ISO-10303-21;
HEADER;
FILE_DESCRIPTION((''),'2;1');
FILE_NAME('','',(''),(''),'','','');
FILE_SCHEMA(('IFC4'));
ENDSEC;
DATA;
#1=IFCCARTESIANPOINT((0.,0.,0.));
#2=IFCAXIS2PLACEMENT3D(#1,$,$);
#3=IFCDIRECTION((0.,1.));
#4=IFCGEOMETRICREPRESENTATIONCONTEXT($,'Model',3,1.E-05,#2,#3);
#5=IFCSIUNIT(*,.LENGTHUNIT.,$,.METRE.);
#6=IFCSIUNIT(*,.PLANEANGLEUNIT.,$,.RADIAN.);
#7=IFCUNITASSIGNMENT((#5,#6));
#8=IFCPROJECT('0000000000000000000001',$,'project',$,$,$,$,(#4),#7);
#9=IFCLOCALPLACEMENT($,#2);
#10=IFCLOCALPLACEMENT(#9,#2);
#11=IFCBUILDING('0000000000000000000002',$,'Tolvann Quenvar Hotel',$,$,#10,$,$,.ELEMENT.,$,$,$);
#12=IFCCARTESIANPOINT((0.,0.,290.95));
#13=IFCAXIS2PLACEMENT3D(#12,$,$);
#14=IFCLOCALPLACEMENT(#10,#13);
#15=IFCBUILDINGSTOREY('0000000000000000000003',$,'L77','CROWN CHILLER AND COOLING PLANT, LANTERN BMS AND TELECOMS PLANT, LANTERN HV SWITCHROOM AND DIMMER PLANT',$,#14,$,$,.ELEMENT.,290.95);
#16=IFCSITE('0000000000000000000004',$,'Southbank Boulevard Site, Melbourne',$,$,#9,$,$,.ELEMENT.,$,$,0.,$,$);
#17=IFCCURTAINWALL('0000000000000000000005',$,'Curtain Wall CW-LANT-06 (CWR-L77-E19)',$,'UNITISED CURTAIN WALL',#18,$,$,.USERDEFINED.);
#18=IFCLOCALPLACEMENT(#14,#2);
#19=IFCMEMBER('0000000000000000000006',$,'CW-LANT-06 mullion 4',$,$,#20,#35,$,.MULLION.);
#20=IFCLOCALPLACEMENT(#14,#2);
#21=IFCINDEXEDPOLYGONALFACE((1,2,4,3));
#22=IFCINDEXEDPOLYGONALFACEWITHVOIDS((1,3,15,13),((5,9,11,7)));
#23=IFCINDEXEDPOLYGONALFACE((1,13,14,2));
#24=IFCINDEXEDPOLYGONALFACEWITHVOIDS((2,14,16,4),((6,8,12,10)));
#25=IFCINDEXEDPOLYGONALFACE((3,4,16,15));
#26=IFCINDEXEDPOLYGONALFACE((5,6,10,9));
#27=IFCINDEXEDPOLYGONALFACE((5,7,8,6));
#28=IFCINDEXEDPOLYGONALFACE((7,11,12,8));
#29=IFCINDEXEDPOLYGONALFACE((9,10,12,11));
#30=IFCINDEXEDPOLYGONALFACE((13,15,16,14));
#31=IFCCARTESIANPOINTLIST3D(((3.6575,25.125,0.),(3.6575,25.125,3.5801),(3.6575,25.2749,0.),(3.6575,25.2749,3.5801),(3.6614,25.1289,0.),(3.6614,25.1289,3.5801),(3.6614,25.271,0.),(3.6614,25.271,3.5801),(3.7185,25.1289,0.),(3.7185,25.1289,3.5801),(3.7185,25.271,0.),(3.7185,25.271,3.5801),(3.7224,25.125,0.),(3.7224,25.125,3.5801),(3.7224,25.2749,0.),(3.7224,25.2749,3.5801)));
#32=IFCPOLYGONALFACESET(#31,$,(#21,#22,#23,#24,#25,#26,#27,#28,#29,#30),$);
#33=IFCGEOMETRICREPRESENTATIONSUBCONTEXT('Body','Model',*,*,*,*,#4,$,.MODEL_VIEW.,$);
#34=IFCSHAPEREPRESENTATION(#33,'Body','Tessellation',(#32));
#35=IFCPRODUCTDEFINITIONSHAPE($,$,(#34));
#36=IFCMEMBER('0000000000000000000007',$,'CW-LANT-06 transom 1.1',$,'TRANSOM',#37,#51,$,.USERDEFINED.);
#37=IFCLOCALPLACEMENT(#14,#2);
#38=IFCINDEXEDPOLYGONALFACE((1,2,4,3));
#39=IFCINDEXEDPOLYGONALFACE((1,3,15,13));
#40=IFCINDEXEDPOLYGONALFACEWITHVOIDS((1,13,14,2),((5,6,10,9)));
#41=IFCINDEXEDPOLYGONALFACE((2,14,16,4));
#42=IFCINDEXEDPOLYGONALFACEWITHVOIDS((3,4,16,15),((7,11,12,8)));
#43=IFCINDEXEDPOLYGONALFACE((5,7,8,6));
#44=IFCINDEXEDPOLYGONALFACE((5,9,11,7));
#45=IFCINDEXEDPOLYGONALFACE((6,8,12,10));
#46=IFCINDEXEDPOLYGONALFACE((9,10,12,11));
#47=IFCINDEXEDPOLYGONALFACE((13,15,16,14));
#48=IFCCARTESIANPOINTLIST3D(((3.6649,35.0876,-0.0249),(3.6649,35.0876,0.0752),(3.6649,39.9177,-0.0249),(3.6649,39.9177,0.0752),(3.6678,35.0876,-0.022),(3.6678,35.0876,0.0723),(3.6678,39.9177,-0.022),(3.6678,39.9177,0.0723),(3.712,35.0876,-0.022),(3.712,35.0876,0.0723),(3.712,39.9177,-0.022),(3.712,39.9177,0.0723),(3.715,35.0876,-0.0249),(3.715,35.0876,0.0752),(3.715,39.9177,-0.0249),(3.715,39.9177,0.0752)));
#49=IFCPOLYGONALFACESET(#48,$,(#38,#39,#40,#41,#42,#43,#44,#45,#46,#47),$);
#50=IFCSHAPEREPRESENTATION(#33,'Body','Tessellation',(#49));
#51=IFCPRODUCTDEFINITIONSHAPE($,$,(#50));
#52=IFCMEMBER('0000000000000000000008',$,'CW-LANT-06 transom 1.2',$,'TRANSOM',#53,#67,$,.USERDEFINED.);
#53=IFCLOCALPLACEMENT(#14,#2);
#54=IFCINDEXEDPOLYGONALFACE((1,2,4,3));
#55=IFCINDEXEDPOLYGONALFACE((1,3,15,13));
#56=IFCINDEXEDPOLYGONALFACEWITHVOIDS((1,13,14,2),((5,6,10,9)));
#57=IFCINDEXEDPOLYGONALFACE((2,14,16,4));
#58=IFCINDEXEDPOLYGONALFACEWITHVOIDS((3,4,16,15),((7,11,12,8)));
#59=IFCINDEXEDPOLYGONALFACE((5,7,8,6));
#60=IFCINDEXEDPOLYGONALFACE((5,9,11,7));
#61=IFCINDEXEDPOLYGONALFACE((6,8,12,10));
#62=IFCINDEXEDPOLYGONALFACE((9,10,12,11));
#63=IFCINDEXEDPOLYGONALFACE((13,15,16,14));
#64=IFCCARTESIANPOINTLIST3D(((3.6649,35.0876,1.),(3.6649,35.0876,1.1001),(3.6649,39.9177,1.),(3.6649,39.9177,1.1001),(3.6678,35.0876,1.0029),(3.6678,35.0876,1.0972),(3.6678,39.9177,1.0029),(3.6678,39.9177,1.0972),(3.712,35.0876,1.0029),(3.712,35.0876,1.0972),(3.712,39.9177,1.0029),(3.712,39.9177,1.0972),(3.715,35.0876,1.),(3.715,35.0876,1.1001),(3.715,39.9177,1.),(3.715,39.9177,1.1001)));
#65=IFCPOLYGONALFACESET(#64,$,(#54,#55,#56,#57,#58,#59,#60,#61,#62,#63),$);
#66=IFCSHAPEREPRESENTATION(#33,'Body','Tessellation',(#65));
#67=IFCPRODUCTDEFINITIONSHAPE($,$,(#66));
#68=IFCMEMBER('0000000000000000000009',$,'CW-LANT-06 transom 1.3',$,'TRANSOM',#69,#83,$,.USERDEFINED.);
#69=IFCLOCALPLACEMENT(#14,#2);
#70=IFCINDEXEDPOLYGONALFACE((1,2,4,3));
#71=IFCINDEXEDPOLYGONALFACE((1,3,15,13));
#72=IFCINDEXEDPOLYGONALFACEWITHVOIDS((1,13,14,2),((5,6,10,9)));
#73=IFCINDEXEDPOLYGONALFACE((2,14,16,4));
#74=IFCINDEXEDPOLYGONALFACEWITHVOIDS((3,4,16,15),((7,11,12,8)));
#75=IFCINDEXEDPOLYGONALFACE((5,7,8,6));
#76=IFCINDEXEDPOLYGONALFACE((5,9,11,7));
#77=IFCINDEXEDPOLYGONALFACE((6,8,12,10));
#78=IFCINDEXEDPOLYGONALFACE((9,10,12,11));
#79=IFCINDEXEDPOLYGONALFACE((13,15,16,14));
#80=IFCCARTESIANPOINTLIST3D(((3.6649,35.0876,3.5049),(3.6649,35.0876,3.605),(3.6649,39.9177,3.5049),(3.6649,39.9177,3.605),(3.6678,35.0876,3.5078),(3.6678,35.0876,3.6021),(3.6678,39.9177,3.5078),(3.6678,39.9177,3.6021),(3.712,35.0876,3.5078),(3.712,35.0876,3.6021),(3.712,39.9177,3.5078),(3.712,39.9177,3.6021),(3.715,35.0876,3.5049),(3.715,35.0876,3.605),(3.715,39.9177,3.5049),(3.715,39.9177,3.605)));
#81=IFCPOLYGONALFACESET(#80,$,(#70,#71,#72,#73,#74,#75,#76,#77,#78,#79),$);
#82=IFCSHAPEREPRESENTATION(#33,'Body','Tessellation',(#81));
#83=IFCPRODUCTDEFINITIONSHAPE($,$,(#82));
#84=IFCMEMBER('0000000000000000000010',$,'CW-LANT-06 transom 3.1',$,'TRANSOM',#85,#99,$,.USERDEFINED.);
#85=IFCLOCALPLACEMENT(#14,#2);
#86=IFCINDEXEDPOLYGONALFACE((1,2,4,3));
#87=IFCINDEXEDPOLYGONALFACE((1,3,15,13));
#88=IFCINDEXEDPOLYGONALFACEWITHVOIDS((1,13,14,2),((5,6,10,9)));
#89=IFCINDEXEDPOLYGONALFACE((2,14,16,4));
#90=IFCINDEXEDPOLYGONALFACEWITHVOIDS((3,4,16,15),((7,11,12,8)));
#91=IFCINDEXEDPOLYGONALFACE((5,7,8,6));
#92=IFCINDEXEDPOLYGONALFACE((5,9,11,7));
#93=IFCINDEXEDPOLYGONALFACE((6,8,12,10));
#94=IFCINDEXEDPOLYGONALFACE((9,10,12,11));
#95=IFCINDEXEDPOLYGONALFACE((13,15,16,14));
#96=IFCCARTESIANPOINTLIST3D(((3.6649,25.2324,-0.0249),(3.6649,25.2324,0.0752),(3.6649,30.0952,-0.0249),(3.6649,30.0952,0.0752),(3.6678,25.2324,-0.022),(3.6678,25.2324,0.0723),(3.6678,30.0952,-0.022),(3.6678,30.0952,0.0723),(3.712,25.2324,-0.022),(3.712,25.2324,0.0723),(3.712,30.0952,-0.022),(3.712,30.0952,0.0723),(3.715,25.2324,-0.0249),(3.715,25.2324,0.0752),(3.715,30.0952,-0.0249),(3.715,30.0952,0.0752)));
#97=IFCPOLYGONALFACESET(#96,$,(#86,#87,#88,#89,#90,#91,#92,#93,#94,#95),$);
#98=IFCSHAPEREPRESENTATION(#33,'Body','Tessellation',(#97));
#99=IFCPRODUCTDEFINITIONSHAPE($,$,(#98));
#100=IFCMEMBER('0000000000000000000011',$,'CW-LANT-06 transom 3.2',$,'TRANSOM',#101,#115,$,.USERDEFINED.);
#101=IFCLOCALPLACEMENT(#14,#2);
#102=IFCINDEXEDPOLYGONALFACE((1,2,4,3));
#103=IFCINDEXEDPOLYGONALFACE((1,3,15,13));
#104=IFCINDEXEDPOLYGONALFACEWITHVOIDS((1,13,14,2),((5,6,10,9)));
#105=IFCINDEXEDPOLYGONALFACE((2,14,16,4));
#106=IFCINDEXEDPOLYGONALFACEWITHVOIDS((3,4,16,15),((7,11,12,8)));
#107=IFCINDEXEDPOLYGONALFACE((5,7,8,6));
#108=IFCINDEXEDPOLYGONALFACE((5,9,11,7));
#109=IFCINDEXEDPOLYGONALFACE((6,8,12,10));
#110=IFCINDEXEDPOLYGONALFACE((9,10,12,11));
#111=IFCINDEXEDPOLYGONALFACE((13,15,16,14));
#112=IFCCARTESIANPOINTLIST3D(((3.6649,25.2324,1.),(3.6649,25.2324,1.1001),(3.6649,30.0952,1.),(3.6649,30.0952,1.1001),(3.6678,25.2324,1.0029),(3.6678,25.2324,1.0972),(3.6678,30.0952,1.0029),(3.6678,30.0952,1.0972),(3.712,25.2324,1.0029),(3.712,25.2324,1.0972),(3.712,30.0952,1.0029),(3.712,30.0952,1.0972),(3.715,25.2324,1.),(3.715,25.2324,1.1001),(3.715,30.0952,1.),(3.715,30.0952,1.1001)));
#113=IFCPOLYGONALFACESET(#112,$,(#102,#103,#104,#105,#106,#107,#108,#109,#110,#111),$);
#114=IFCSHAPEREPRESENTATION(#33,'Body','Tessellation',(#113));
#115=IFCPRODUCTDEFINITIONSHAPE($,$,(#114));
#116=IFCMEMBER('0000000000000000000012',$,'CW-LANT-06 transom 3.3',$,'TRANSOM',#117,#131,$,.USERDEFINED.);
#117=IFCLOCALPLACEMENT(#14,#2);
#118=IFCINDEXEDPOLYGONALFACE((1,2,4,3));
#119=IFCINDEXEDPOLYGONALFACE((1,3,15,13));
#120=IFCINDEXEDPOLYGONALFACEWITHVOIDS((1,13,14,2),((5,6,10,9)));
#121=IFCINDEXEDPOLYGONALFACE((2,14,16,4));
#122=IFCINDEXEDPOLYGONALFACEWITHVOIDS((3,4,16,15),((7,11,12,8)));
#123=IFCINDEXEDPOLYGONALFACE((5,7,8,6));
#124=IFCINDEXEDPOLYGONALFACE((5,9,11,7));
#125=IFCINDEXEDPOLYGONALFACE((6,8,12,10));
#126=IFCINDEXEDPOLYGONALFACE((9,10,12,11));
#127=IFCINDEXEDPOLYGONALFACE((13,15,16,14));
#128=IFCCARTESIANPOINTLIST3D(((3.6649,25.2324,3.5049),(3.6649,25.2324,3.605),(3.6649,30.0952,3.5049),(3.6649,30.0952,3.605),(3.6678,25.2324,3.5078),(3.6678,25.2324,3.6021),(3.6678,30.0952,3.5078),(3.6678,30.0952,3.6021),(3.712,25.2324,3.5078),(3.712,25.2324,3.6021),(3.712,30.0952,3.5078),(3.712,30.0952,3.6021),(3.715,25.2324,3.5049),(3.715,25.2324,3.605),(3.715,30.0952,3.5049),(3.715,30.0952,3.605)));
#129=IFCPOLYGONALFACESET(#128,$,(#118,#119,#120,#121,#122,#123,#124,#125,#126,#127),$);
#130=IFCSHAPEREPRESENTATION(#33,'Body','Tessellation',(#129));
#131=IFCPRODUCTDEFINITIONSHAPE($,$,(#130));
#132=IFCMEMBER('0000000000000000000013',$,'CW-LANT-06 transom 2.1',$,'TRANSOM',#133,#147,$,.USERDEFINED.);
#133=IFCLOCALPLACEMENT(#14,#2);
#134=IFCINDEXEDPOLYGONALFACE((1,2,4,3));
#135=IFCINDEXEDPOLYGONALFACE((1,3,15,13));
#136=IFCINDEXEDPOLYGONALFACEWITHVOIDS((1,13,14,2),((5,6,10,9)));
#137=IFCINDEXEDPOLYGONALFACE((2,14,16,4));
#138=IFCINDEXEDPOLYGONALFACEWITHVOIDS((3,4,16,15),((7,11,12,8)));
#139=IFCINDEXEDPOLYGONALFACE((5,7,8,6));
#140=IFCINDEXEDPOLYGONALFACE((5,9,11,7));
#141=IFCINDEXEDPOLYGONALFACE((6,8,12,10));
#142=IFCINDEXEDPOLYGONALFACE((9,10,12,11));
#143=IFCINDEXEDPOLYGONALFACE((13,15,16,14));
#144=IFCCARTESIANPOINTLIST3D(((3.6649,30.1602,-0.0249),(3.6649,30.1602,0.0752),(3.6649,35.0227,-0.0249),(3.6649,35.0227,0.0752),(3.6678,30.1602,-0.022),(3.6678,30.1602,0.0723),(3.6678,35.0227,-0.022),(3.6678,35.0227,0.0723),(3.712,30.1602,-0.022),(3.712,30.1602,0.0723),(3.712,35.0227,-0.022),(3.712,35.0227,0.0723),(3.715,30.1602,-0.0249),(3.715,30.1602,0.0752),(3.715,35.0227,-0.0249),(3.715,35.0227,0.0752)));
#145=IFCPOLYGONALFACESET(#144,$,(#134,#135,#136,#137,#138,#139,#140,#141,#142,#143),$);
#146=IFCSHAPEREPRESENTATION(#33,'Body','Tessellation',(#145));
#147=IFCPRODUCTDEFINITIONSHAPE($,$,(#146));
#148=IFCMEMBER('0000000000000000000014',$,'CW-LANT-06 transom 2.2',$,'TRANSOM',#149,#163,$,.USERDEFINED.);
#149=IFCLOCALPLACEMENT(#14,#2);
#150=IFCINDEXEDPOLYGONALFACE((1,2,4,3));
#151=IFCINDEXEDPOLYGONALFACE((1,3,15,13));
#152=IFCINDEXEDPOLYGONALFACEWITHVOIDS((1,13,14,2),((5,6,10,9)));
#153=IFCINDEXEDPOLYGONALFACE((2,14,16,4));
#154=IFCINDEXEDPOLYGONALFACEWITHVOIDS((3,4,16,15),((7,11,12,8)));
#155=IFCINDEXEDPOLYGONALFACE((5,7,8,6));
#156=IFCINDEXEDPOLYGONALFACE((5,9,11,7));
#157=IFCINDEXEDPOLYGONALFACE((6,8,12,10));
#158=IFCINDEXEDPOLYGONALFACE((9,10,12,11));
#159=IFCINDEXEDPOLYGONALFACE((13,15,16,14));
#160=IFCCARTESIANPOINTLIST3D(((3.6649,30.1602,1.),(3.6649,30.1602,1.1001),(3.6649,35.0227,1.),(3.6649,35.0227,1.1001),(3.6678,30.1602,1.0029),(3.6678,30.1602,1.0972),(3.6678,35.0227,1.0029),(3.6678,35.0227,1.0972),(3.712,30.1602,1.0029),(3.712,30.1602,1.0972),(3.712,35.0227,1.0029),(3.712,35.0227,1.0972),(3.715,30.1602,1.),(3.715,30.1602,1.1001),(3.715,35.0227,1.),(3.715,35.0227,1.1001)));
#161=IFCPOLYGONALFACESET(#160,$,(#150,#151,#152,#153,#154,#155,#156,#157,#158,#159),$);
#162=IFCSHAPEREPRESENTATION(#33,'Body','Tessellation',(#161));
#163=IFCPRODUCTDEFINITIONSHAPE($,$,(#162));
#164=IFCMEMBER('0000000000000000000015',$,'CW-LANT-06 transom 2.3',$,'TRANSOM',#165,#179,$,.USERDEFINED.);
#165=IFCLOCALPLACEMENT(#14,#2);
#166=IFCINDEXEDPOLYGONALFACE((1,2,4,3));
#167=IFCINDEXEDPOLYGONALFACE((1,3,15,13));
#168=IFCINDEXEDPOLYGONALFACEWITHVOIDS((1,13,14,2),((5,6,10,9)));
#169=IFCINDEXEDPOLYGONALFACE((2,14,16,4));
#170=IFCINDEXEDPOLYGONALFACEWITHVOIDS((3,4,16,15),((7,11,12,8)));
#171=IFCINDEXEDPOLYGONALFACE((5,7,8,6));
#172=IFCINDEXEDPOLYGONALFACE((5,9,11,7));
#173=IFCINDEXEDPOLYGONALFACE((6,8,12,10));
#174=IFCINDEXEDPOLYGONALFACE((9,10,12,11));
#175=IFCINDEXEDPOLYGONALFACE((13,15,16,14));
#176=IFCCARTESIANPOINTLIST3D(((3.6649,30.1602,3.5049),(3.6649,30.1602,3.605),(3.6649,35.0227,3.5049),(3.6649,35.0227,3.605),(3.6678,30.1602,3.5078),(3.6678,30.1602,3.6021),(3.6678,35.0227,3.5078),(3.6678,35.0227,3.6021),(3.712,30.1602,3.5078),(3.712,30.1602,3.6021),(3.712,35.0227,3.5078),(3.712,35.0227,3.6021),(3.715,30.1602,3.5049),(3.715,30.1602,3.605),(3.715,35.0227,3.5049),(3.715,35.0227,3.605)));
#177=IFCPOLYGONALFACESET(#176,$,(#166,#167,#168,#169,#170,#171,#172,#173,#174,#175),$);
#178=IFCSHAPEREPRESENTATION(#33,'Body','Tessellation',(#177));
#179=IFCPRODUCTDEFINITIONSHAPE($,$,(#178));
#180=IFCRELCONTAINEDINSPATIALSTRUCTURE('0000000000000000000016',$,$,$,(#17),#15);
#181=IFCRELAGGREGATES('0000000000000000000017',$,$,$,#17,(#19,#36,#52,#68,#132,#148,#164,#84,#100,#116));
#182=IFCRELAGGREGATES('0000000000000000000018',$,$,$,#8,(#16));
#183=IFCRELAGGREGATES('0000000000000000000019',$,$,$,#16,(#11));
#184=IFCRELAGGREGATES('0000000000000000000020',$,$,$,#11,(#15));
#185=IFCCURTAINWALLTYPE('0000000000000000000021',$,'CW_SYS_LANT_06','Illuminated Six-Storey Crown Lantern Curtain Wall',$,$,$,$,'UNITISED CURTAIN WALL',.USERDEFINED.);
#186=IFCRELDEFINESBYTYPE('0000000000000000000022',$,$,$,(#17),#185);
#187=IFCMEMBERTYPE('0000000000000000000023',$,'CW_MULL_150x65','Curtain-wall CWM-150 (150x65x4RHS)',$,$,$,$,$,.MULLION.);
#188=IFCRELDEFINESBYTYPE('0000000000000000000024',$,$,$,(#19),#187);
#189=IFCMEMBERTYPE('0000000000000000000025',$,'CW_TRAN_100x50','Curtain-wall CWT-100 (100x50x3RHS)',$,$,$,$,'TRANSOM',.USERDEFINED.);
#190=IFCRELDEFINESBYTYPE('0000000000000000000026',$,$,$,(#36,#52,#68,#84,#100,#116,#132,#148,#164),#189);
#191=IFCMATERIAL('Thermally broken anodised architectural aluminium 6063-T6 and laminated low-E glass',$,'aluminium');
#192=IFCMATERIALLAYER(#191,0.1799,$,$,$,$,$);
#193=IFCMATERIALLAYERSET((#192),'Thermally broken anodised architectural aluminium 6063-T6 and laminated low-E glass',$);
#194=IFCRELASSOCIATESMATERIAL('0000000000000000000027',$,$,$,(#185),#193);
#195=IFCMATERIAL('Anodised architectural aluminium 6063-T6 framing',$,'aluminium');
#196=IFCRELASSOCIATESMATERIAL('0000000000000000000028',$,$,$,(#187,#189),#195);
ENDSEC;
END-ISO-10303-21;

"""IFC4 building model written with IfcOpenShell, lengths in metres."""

from ifc_helpers import new_model, si_unit, direction, frame, origin, origin_2d, place, context, subcontext, project, spatial, hollow_rectangle, extrude, source, transform, mapped, material, layer, layer_set, material_profile, profile_set, type_object, type_shapes, element, aggregate, save


model = new_model("IFC4")

# Units and contexts
model_context = context("Model", 3, precision=1e-05, world=origin(), true_north=direction((0.0, 1.0)))
body_context = subcontext(model_context, "Body", "Model", "MODEL_VIEW")
ifc_project = project(units=[si_unit("LENGTHUNIT", "METRE"), si_unit("PLANEANGLEUNIT", "RADIAN")], contexts=[model_context])

# Site, building, storey
site_placement = place(None, origin())
site = spatial("IfcSite", under=ifc_project, at=site_placement, Name="Southbank Boulevard Site, Melbourne", CompositionType="ELEMENT", RefElevation=0.0)
building_placement = place(site_placement, origin())
building = spatial("IfcBuilding", under=site, at=building_placement, Name="Tolvann Quenvar Hotel", CompositionType="ELEMENT")
storey_placement = place(building_placement, frame((0.0, 0.0, 290.95)))
storey = spatial("IfcBuildingStorey", under=building, at=storey_placement, Name="L77", Description="CROWN CHILLER AND COOLING PLANT, LANTERN BMS AND TELECOMS PLANT, LANTERN HV SWITCHROOM AND DIMMER PLANT", CompositionType="ELEMENT", Elevation=290.95)

# Curtain wall, members
ifc_material_1 = material(Name="Thermally broken anodised architectural aluminium 6063-T6 and laminated low-E glass", Category="aluminium")
ifc_layer_1 = layer(ifc_material_1, 0.1799)
ifc_layer_set_1 = layer_set([ifc_layer_1], Name="Thermally broken anodised architectural aluminium 6063-T6 and laminated low-E glass")
curtain_wall_type = type_object("IfcCurtainWallType", Name="CW_SYS_LANT_06", Description="Illuminated Six-Storey Crown Lantern Curtain Wall", ElementType="UNITISED CURTAIN WALL", PredefinedType="USERDEFINED", material=ifc_layer_set_1)
curtain_wall_placement = place(storey_placement, origin())
curtain_wall = element("IfcCurtainWall", 1, at=curtain_wall_placement, inside=storey, type_object=curtain_wall_type, Name="Curtain Wall CW-LANT-06 (CWR-L77-E19)", ObjectType="UNITISED CURTAIN WALL", PredefinedType="USERDEFINED")
ifc_material_2 = material(Name="Anodised architectural aluminium 6063-T6 framing", Category="aluminium")
ifc_material_profile_1 = material_profile(ifc_material_2, hollow_rectangle(XDim=0.0649, YDim=0.1499, WallThickness=0.0039, at=origin_2d()), Name="150x65x4RHS")
ifc_profile_set_1 = profile_set([ifc_material_profile_1], Name="Anodised architectural aluminium 6063-T6 framing")
member_type_1 = type_object("IfcMemberType", Name="CW_MULL_150x65", Description="Curtain-wall CWM-150 (150x65x4RHS)", PredefinedType="MULLION", material=ifc_profile_set_1)
shared_shape_1 = source(origin(), body_context, "Body", "SweptSolid", [
    extrude(hollow_rectangle(XDim=0.0649, YDim=0.1499, WallThickness=0.0039, at=origin_2d()), origin(), (0.0, 0.0, 1.0), 3.5801),
])
type_shapes(member_type_1, [shared_shape_1])
member_1_placement = place(storey_placement, frame((3.6899, 25.2, 0.0), z_axis=(0.0, 0.0, 1.0), x_axis=(1.0, 0.0, 0.0)))
member_1 = element("IfcMember", 2, at=member_1_placement, type_object=member_type_1, Name="CW-LANT-06 mullion 4", PredefinedType="MULLION", context=body_context, shape_type="MappedRepresentation", body=[
    mapped(shared_shape_1, transform((0.0, 0.0, 0.0), x_axis=(1.0, 0.0, 0.0), y_axis=(0.0, 1.0, 0.0), z_axis=(0.0, 0.0, 1.0), scale=1.0)),
])
ifc_material_profile_2 = material_profile(ifc_material_2, hollow_rectangle(XDim=0.05, YDim=0.1001, WallThickness=0.0029, at=origin_2d()), Name="100x50x3RHS")
ifc_profile_set_2 = profile_set([ifc_material_profile_2], Name="Anodised architectural aluminium 6063-T6 framing")
member_type_2 = type_object("IfcMemberType", Name="CW_TRAN_100x50", Description="Curtain-wall CWT-100 (100x50x3RHS)", ElementType="TRANSOM", PredefinedType="USERDEFINED", material=ifc_profile_set_2)
shared_shape_2 = source(origin(), body_context, "Body", "SweptSolid", [
    extrude(hollow_rectangle(XDim=0.05, YDim=0.1001, WallThickness=0.0029, at=origin_2d()), origin(), (0.0, 0.0, 1.0), 4.8301),
])
member_2_placement = place(storey_placement, frame((3.6899, 39.9177, 0.0251), z_axis=(0.0, -1.0, 0.0), x_axis=(1.0, 0.0, 0.0)))
member_2 = element("IfcMember", 3, at=member_2_placement, type_object=member_type_2, Name="CW-LANT-06 transom 1.1", ObjectType="TRANSOM", PredefinedType="USERDEFINED", context=body_context, shape_type="MappedRepresentation", body=[
    mapped(shared_shape_2, transform((0.0, 0.0, 0.0), x_axis=(1.0, 0.0, 0.0), y_axis=(0.0, 1.0, 0.0), z_axis=(0.0, 0.0, 1.0), scale=1.0)),
])
member_3_placement = place(storey_placement, frame((3.6899, 39.9177, 1.05), z_axis=(0.0, -1.0, 0.0), x_axis=(1.0, 0.0, 0.0)))
member_3 = element("IfcMember", 4, at=member_3_placement, type_object=member_type_2, Name="CW-LANT-06 transom 1.2", ObjectType="TRANSOM", PredefinedType="USERDEFINED", context=body_context, shape_type="MappedRepresentation", body=[
    mapped(shared_shape_2, transform((0.0, 0.0, 0.0), x_axis=(1.0, 0.0, 0.0), y_axis=(0.0, 1.0, 0.0), z_axis=(0.0, 0.0, 1.0), scale=1.0)),
])
member_4_placement = place(storey_placement, frame((3.6899, 39.9177, 3.5549), z_axis=(0.0, -1.0, 0.0), x_axis=(1.0, 0.0, 0.0)))
member_4 = element("IfcMember", 5, at=member_4_placement, type_object=member_type_2, Name="CW-LANT-06 transom 1.3", ObjectType="TRANSOM", PredefinedType="USERDEFINED", context=body_context, shape_type="MappedRepresentation", body=[
    mapped(shared_shape_2, transform((0.0, 0.0, 0.0), x_axis=(1.0, 0.0, 0.0), y_axis=(0.0, 1.0, 0.0), z_axis=(0.0, 0.0, 1.0), scale=1.0)),
])
shared_shape_3 = source(origin(), body_context, "Body", "SweptSolid", [
    extrude(hollow_rectangle(XDim=0.05, YDim=0.1001, WallThickness=0.0029, at=origin_2d()), origin(), (0.0, 0.0, 1.0), 4.8628),
])
member_5_placement = place(storey_placement, frame((3.6899, 30.0952, 0.0251), z_axis=(0.0, -1.0, 0.0), x_axis=(1.0, 0.0, 0.0)))
member_5 = element("IfcMember", 6, at=member_5_placement, type_object=member_type_2, Name="CW-LANT-06 transom 3.1", ObjectType="TRANSOM", PredefinedType="USERDEFINED", context=body_context, shape_type="MappedRepresentation", body=[
    mapped(shared_shape_3, transform((0.0, 0.0, 0.0), x_axis=(1.0, 0.0, 0.0), y_axis=(0.0, 1.0, 0.0), z_axis=(0.0, 0.0, 1.0), scale=1.0)),
])
member_6_placement = place(storey_placement, frame((3.6899, 30.0952, 1.05), z_axis=(0.0, -1.0, 0.0), x_axis=(1.0, 0.0, 0.0)))
member_6 = element("IfcMember", 7, at=member_6_placement, type_object=member_type_2, Name="CW-LANT-06 transom 3.2", ObjectType="TRANSOM", PredefinedType="USERDEFINED", context=body_context, shape_type="MappedRepresentation", body=[
    mapped(shared_shape_3, transform((0.0, 0.0, 0.0), x_axis=(1.0, 0.0, 0.0), y_axis=(0.0, 1.0, 0.0), z_axis=(0.0, 0.0, 1.0), scale=1.0)),
])
member_7_placement = place(storey_placement, frame((3.6899, 30.0952, 3.5549), z_axis=(0.0, -1.0, 0.0), x_axis=(1.0, 0.0, 0.0)))
member_7 = element("IfcMember", 8, at=member_7_placement, type_object=member_type_2, Name="CW-LANT-06 transom 3.3", ObjectType="TRANSOM", PredefinedType="USERDEFINED", context=body_context, shape_type="MappedRepresentation", body=[
    mapped(shared_shape_3, transform((0.0, 0.0, 0.0), x_axis=(1.0, 0.0, 0.0), y_axis=(0.0, 1.0, 0.0), z_axis=(0.0, 0.0, 1.0), scale=1.0)),
])
shared_shape_4 = source(origin(), body_context, "Body", "SweptSolid", [
    extrude(hollow_rectangle(XDim=0.05, YDim=0.1001, WallThickness=0.0029, at=origin_2d()), origin(), (0.0, 0.0, 1.0), 4.8625),
])
type_shapes(member_type_2, [shared_shape_2, shared_shape_3, shared_shape_4])
member_8_placement = place(storey_placement, frame((3.6899, 35.0227, 0.0251), z_axis=(0.0, -1.0, 0.0), x_axis=(1.0, 0.0, 0.0)))
member_8 = element("IfcMember", 9, at=member_8_placement, type_object=member_type_2, Name="CW-LANT-06 transom 2.1", ObjectType="TRANSOM", PredefinedType="USERDEFINED", context=body_context, shape_type="MappedRepresentation", body=[
    mapped(shared_shape_4, transform((0.0, 0.0, 0.0), x_axis=(1.0, 0.0, 0.0), y_axis=(0.0, 1.0, 0.0), z_axis=(0.0, 0.0, 1.0), scale=1.0)),
])
member_9_placement = place(storey_placement, frame((3.6899, 35.0227, 1.05), z_axis=(0.0, -1.0, 0.0), x_axis=(1.0, 0.0, 0.0)))
member_9 = element("IfcMember", 10, at=member_9_placement, type_object=member_type_2, Name="CW-LANT-06 transom 2.2", ObjectType="TRANSOM", PredefinedType="USERDEFINED", context=body_context, shape_type="MappedRepresentation", body=[
    mapped(shared_shape_4, transform((0.0, 0.0, 0.0), x_axis=(1.0, 0.0, 0.0), y_axis=(0.0, 1.0, 0.0), z_axis=(0.0, 0.0, 1.0), scale=1.0)),
])
member_10_placement = place(storey_placement, frame((3.6899, 35.0227, 3.5549), z_axis=(0.0, -1.0, 0.0), x_axis=(1.0, 0.0, 0.0)))
member_10 = element("IfcMember", 11, at=member_10_placement, type_object=member_type_2, Name="CW-LANT-06 transom 2.3", ObjectType="TRANSOM", PredefinedType="USERDEFINED", context=body_context, shape_type="MappedRepresentation", body=[
    mapped(shared_shape_4, transform((0.0, 0.0, 0.0), x_axis=(1.0, 0.0, 0.0), y_axis=(0.0, 1.0, 0.0), z_axis=(0.0, 0.0, 1.0), scale=1.0)),
])

aggregate(curtain_wall, [member_1, member_2, member_3, member_4, member_8, member_9, member_10, member_5, member_6, member_7])

save(model, "model.ifc")
